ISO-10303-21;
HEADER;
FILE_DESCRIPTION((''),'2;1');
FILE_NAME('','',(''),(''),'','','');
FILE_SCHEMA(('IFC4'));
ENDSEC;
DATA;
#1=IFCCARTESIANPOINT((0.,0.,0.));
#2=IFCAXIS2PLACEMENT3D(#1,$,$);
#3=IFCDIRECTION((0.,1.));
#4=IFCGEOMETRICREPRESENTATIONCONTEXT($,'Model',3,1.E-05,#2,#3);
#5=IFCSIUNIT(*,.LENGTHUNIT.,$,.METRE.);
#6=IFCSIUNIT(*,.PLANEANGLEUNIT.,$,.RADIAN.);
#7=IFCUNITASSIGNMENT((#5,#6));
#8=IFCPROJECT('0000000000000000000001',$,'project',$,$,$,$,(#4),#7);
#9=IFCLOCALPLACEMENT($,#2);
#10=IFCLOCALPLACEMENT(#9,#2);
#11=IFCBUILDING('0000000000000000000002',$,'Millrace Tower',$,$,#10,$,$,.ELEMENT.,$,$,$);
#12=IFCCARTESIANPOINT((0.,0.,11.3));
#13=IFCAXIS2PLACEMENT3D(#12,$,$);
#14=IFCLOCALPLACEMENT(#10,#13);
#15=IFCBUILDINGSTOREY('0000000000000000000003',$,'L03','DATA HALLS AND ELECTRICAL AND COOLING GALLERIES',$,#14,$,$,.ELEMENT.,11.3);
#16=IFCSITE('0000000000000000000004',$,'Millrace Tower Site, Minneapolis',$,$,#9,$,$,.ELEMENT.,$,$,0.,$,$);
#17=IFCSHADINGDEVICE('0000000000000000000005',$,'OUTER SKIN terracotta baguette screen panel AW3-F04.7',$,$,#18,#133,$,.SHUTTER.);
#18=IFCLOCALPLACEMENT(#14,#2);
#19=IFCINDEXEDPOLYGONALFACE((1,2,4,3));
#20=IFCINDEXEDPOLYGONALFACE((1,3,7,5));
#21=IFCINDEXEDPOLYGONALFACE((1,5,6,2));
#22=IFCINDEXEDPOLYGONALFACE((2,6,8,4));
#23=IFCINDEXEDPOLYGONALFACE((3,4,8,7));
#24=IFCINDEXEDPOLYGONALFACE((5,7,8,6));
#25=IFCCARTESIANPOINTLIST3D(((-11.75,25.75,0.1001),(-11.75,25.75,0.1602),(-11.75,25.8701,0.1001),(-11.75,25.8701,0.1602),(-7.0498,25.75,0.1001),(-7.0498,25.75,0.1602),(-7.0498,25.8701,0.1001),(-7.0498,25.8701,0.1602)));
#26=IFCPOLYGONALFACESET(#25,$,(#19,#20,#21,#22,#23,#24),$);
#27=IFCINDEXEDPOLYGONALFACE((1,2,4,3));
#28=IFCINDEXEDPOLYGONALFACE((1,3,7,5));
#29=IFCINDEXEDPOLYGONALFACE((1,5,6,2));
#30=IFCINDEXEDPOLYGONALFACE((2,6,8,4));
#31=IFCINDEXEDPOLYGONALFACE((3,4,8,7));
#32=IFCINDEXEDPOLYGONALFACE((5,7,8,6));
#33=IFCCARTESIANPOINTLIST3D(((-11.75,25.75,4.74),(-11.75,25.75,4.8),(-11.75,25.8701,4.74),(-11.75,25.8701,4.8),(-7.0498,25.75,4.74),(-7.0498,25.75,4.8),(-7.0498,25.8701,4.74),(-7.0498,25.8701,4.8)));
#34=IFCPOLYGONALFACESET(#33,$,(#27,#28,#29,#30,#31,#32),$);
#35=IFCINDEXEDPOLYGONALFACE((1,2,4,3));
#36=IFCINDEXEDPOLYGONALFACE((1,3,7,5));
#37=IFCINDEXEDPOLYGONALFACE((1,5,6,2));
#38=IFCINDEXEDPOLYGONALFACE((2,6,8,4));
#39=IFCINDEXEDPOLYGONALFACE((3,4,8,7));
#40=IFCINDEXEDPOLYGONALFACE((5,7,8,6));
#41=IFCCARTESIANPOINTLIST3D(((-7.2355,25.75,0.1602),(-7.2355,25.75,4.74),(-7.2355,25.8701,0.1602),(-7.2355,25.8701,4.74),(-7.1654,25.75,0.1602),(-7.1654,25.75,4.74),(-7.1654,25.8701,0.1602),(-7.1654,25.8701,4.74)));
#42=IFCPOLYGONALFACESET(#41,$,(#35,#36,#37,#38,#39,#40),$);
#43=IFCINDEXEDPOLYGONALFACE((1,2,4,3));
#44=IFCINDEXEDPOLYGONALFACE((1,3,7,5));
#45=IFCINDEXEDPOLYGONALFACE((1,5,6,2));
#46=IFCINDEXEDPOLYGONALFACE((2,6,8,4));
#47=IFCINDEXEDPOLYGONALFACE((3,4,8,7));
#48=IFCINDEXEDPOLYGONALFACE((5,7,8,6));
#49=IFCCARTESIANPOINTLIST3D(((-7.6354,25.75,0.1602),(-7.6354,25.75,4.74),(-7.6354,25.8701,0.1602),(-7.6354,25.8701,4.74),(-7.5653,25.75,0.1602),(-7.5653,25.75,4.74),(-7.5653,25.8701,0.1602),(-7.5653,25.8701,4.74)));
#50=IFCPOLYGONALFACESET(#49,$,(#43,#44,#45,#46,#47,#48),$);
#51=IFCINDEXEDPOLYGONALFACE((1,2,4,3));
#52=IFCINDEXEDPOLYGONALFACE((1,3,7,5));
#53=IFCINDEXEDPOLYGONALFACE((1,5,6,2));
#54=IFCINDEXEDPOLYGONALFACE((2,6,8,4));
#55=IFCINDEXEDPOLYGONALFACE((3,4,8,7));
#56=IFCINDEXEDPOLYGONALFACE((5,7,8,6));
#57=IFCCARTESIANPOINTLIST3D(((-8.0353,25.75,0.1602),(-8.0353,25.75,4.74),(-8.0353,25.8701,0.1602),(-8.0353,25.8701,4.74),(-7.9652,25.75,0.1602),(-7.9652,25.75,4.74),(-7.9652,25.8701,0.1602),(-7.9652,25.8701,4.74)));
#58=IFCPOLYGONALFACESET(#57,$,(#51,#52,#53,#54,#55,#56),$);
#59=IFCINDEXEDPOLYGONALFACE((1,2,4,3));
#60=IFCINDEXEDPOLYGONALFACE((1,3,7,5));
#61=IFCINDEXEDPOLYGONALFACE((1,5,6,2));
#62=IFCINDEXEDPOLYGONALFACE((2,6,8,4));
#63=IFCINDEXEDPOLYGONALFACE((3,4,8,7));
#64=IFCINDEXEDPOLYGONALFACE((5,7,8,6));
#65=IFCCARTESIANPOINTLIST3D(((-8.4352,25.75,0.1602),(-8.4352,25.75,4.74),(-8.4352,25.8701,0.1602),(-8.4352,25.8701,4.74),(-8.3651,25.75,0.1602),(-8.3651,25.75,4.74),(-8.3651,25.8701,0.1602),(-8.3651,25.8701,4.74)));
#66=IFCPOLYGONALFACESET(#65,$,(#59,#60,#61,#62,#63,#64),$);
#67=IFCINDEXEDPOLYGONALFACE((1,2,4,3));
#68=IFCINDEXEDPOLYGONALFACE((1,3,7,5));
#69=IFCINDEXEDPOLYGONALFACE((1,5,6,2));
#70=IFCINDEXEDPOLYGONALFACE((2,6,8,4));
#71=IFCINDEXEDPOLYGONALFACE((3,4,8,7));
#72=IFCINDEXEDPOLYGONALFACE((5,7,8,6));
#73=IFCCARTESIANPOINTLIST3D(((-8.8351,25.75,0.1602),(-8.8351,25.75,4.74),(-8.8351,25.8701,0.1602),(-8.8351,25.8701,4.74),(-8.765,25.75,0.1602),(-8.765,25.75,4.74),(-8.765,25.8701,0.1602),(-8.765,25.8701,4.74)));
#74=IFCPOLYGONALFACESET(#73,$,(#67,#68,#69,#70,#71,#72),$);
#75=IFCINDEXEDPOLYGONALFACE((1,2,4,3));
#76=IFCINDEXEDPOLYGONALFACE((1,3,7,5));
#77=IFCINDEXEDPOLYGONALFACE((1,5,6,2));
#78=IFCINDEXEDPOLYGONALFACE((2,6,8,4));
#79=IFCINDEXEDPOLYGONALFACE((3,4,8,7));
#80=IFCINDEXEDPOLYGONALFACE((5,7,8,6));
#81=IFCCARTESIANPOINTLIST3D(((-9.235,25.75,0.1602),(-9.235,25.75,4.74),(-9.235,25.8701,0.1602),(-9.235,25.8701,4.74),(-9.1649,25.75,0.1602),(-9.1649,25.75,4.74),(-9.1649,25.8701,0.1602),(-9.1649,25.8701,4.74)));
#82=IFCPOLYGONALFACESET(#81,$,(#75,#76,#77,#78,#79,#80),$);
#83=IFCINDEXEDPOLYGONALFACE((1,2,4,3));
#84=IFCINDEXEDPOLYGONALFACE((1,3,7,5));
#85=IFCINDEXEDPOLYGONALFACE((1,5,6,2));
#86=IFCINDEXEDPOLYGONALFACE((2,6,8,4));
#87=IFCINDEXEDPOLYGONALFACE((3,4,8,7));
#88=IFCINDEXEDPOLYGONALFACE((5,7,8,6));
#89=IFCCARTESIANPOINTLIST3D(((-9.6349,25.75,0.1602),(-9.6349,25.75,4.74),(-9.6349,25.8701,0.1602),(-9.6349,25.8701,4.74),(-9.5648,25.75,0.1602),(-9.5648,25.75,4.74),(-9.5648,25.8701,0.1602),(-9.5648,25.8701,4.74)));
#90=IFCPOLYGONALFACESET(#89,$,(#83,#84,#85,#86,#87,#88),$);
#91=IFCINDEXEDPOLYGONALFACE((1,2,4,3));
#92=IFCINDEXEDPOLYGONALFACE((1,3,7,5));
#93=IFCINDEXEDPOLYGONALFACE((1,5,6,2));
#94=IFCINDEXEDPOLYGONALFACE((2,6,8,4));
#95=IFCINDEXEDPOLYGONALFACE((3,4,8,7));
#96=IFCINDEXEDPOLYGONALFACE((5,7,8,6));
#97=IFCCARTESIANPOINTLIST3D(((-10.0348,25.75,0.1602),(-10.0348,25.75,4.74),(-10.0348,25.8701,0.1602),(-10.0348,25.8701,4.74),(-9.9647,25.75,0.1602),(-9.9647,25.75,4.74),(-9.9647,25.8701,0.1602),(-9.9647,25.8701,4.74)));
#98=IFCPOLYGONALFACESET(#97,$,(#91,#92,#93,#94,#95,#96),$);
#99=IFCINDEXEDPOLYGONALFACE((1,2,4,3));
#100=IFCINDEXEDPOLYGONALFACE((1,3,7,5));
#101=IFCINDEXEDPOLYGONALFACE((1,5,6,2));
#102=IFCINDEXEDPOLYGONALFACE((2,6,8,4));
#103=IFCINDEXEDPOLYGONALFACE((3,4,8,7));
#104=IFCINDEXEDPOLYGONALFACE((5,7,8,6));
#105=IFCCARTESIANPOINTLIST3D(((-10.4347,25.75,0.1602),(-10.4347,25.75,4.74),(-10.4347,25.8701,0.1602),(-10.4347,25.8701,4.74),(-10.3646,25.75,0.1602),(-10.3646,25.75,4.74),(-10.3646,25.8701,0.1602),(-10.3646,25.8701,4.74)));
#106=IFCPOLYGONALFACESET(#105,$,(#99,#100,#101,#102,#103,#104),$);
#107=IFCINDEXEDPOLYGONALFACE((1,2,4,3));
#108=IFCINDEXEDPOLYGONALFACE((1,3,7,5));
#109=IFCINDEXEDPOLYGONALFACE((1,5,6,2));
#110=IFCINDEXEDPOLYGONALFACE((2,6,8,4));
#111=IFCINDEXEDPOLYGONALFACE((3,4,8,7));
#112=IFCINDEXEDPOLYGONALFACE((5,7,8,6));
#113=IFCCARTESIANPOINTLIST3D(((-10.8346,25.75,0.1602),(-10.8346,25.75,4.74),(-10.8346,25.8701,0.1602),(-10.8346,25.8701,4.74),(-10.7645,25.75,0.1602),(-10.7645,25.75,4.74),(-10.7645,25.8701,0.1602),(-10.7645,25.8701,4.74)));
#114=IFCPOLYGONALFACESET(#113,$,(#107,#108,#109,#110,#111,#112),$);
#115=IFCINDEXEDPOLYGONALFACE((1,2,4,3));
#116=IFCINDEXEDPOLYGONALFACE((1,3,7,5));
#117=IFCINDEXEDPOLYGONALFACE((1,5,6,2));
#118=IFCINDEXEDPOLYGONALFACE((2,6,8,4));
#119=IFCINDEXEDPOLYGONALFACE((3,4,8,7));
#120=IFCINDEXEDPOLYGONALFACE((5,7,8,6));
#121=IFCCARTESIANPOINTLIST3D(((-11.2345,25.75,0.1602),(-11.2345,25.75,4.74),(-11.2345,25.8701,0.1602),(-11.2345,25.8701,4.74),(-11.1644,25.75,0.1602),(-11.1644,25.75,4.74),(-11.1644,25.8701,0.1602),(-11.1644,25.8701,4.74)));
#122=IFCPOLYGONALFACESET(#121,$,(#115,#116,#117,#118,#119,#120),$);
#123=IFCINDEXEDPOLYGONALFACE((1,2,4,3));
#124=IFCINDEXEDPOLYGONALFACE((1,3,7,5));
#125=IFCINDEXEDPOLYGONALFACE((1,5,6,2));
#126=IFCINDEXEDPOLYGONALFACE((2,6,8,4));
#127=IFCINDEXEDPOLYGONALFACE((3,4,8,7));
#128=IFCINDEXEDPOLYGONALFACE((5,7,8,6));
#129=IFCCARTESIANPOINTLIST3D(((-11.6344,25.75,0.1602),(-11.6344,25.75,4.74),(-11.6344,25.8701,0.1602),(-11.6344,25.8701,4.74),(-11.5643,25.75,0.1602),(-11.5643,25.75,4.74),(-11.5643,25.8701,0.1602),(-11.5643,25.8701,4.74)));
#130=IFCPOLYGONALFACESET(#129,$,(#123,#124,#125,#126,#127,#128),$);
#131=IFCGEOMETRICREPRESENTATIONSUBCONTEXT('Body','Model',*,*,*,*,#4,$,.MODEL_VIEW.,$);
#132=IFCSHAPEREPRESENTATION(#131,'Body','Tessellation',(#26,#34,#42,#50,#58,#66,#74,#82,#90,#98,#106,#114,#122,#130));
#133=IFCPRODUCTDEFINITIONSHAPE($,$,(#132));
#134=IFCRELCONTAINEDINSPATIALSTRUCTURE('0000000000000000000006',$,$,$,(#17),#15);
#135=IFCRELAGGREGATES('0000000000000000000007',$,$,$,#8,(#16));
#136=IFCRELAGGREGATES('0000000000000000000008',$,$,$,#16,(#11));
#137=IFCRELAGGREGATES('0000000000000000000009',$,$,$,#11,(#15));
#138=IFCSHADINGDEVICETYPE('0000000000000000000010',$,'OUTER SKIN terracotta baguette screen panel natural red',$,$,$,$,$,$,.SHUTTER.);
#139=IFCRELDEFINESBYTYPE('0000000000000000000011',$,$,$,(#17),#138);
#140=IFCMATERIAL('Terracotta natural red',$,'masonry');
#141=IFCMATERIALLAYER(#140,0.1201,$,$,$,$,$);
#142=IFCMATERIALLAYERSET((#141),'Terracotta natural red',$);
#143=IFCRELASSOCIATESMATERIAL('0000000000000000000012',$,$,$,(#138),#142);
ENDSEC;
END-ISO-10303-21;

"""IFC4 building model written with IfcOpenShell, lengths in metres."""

from ifc_helpers import new_model, entity, si_unit, direction, frame, frame_2d, origin, place, context, subcontext, project, spatial, rectangle, extrude, source, transform, mapped, material, layer, layer_set, type_object, element, save


model = new_model("IFC4")

# Units and contexts
model_context = context("Model", 3, precision=1e-05, world=origin(), true_north=direction((0.0, 1.0)))
body_context = subcontext(model_context, "Body", "Model", "MODEL_VIEW")
ifc_project = project(units=[si_unit("LENGTHUNIT", "METRE"), si_unit("PLANEANGLEUNIT", "RADIAN")], contexts=[model_context])

# Site, building, storey
site_placement = place(None, origin())
site = spatial("IfcSite", under=ifc_project, at=site_placement, Name="Millrace Tower Site, Minneapolis", CompositionType="ELEMENT", RefElevation=0.0)
building_placement = place(site_placement, origin())
building = spatial("IfcBuilding", under=site, at=building_placement, Name="Millrace Tower", CompositionType="ELEMENT")
storey_placement = place(building_placement, frame((0.0, 0.0, 11.3)))
storey = spatial("IfcBuildingStorey", under=building, at=storey_placement, Name="L03", Description="DATA HALLS AND ELECTRICAL AND COOLING GALLERIES", CompositionType="ELEMENT", Elevation=11.3)

# Shading device
ifc_material_1 = material(Name="Terracotta natural red", Category="masonry")
ifc_layer_1 = layer(ifc_material_1, 0.1201)
ifc_layer_set_1 = layer_set([ifc_layer_1], Name="Terracotta natural red")
shading_device_type_1 = type_object("IfcShadingDeviceType", Name="OUTER SKIN terracotta baguette screen panel natural red", PredefinedType="SHUTTER", material=ifc_layer_set_1)
cartesian_point_1 = entity("IfcCartesianPoint", [-2.3501, 0.0601])
shared_polyline_1 = entity("IfcPolyline", [cartesian_point_1, entity("IfcCartesianPoint", [2.3501, 0.0601]), entity("IfcCartesianPoint", [2.3501, -0.0601]), entity("IfcCartesianPoint", [-2.3501, -0.0601]), cartesian_point_1])
shared_shape_1 = source(origin(), body_context, "Body", "SweptSolid", [
    entity("IfcExtrudedAreaSolid", entity("IfcArbitraryClosedProfileDef", "AREA", None, shared_polyline_1), entity("IfcAxis2Placement3D", entity("IfcCartesianPoint", [0.0, 0.0, 0.0])), entity("IfcDirection", [0.0, 0.0, 1.0]), 0.0601),
    entity("IfcExtrudedAreaSolid", entity("IfcArbitraryClosedProfileDef", "AREA", None, shared_polyline_1), entity("IfcAxis2Placement3D", entity("IfcCartesianPoint", [0.0, 0.0, 4.6399])), entity("IfcDirection", [0.0, 0.0, 1.0]), 0.0601),
    extrude(rectangle(XDim=0.0701, YDim=0.1201, at=frame_2d((-2.1995, 0.0))), frame((0.0, 0.0, 0.0601)), (0.0, 0.0, 1.0), 4.5798),
    extrude(rectangle(XDim=0.0701, YDim=0.1201, at=frame_2d((-1.7996, 0.0))), frame((0.0, 0.0, 0.0601)), (0.0, 0.0, 1.0), 4.5798),
    extrude(rectangle(XDim=0.0701, YDim=0.1201, at=frame_2d((-1.3997, 0.0))), frame((0.0, 0.0, 0.0601)), (0.0, 0.0, 1.0), 4.5798),
    extrude(rectangle(XDim=0.0701, YDim=0.1201, at=frame_2d((-0.9998, 0.0))), frame((0.0, 0.0, 0.0601)), (0.0, 0.0, 1.0), 4.5798),
    extrude(rectangle(XDim=0.0701, YDim=0.1201, at=frame_2d((-0.5999, 0.0))), frame((0.0, 0.0, 0.0601)), (0.0, 0.0, 1.0), 4.5798),
    extrude(rectangle(XDim=0.0701, YDim=0.1201, at=frame_2d((-0.2, 0.0))), frame((0.0, 0.0, 0.0601)), (0.0, 0.0, 1.0), 4.5798),
    extrude(rectangle(XDim=0.0701, YDim=0.1201, at=frame_2d((0.2, 0.0))), frame((0.0, 0.0, 0.0601)), (0.0, 0.0, 1.0), 4.5798),
    extrude(rectangle(XDim=0.0701, YDim=0.1201, at=frame_2d((0.5999, 0.0))), frame((0.0, 0.0, 0.0601)), (0.0, 0.0, 1.0), 4.5798),
    extrude(rectangle(XDim=0.0701, YDim=0.1201, at=frame_2d((0.9998, 0.0))), frame((0.0, 0.0, 0.0601)), (0.0, 0.0, 1.0), 4.5798),
    extrude(rectangle(XDim=0.0701, YDim=0.1201, at=frame_2d((1.3997, 0.0))), frame((0.0, 0.0, 0.0601)), (0.0, 0.0, 1.0), 4.5798),
    extrude(rectangle(XDim=0.0701, YDim=0.1201, at=frame_2d((1.7996, 0.0))), frame((0.0, 0.0, 0.0601)), (0.0, 0.0, 1.0), 4.5798),
    extrude(rectangle(XDim=0.0701, YDim=0.1201, at=frame_2d((2.1995, 0.0))), frame((0.0, 0.0, 0.0601)), (0.0, 0.0, 1.0), 4.5798),
])
shading_device_1_placement = place(storey_placement, frame((-9.3999, 25.8101, 0.1001), z_axis=(0.0, 0.0, 1.0), x_axis=(-1.0, 0.0, 0.0)))
element("IfcShadingDevice", 1, at=shading_device_1_placement, inside=storey, type_object=shading_device_type_1, Name="OUTER SKIN terracotta baguette screen panel AW3-F04.7", PredefinedType="SHUTTER", context=body_context, shape_type="MappedRepresentation", body=[
    mapped(shared_shape_1, transform((0.0, 0.0, 0.0), scale=1.0)),
])

save(model, "model.ifc")
